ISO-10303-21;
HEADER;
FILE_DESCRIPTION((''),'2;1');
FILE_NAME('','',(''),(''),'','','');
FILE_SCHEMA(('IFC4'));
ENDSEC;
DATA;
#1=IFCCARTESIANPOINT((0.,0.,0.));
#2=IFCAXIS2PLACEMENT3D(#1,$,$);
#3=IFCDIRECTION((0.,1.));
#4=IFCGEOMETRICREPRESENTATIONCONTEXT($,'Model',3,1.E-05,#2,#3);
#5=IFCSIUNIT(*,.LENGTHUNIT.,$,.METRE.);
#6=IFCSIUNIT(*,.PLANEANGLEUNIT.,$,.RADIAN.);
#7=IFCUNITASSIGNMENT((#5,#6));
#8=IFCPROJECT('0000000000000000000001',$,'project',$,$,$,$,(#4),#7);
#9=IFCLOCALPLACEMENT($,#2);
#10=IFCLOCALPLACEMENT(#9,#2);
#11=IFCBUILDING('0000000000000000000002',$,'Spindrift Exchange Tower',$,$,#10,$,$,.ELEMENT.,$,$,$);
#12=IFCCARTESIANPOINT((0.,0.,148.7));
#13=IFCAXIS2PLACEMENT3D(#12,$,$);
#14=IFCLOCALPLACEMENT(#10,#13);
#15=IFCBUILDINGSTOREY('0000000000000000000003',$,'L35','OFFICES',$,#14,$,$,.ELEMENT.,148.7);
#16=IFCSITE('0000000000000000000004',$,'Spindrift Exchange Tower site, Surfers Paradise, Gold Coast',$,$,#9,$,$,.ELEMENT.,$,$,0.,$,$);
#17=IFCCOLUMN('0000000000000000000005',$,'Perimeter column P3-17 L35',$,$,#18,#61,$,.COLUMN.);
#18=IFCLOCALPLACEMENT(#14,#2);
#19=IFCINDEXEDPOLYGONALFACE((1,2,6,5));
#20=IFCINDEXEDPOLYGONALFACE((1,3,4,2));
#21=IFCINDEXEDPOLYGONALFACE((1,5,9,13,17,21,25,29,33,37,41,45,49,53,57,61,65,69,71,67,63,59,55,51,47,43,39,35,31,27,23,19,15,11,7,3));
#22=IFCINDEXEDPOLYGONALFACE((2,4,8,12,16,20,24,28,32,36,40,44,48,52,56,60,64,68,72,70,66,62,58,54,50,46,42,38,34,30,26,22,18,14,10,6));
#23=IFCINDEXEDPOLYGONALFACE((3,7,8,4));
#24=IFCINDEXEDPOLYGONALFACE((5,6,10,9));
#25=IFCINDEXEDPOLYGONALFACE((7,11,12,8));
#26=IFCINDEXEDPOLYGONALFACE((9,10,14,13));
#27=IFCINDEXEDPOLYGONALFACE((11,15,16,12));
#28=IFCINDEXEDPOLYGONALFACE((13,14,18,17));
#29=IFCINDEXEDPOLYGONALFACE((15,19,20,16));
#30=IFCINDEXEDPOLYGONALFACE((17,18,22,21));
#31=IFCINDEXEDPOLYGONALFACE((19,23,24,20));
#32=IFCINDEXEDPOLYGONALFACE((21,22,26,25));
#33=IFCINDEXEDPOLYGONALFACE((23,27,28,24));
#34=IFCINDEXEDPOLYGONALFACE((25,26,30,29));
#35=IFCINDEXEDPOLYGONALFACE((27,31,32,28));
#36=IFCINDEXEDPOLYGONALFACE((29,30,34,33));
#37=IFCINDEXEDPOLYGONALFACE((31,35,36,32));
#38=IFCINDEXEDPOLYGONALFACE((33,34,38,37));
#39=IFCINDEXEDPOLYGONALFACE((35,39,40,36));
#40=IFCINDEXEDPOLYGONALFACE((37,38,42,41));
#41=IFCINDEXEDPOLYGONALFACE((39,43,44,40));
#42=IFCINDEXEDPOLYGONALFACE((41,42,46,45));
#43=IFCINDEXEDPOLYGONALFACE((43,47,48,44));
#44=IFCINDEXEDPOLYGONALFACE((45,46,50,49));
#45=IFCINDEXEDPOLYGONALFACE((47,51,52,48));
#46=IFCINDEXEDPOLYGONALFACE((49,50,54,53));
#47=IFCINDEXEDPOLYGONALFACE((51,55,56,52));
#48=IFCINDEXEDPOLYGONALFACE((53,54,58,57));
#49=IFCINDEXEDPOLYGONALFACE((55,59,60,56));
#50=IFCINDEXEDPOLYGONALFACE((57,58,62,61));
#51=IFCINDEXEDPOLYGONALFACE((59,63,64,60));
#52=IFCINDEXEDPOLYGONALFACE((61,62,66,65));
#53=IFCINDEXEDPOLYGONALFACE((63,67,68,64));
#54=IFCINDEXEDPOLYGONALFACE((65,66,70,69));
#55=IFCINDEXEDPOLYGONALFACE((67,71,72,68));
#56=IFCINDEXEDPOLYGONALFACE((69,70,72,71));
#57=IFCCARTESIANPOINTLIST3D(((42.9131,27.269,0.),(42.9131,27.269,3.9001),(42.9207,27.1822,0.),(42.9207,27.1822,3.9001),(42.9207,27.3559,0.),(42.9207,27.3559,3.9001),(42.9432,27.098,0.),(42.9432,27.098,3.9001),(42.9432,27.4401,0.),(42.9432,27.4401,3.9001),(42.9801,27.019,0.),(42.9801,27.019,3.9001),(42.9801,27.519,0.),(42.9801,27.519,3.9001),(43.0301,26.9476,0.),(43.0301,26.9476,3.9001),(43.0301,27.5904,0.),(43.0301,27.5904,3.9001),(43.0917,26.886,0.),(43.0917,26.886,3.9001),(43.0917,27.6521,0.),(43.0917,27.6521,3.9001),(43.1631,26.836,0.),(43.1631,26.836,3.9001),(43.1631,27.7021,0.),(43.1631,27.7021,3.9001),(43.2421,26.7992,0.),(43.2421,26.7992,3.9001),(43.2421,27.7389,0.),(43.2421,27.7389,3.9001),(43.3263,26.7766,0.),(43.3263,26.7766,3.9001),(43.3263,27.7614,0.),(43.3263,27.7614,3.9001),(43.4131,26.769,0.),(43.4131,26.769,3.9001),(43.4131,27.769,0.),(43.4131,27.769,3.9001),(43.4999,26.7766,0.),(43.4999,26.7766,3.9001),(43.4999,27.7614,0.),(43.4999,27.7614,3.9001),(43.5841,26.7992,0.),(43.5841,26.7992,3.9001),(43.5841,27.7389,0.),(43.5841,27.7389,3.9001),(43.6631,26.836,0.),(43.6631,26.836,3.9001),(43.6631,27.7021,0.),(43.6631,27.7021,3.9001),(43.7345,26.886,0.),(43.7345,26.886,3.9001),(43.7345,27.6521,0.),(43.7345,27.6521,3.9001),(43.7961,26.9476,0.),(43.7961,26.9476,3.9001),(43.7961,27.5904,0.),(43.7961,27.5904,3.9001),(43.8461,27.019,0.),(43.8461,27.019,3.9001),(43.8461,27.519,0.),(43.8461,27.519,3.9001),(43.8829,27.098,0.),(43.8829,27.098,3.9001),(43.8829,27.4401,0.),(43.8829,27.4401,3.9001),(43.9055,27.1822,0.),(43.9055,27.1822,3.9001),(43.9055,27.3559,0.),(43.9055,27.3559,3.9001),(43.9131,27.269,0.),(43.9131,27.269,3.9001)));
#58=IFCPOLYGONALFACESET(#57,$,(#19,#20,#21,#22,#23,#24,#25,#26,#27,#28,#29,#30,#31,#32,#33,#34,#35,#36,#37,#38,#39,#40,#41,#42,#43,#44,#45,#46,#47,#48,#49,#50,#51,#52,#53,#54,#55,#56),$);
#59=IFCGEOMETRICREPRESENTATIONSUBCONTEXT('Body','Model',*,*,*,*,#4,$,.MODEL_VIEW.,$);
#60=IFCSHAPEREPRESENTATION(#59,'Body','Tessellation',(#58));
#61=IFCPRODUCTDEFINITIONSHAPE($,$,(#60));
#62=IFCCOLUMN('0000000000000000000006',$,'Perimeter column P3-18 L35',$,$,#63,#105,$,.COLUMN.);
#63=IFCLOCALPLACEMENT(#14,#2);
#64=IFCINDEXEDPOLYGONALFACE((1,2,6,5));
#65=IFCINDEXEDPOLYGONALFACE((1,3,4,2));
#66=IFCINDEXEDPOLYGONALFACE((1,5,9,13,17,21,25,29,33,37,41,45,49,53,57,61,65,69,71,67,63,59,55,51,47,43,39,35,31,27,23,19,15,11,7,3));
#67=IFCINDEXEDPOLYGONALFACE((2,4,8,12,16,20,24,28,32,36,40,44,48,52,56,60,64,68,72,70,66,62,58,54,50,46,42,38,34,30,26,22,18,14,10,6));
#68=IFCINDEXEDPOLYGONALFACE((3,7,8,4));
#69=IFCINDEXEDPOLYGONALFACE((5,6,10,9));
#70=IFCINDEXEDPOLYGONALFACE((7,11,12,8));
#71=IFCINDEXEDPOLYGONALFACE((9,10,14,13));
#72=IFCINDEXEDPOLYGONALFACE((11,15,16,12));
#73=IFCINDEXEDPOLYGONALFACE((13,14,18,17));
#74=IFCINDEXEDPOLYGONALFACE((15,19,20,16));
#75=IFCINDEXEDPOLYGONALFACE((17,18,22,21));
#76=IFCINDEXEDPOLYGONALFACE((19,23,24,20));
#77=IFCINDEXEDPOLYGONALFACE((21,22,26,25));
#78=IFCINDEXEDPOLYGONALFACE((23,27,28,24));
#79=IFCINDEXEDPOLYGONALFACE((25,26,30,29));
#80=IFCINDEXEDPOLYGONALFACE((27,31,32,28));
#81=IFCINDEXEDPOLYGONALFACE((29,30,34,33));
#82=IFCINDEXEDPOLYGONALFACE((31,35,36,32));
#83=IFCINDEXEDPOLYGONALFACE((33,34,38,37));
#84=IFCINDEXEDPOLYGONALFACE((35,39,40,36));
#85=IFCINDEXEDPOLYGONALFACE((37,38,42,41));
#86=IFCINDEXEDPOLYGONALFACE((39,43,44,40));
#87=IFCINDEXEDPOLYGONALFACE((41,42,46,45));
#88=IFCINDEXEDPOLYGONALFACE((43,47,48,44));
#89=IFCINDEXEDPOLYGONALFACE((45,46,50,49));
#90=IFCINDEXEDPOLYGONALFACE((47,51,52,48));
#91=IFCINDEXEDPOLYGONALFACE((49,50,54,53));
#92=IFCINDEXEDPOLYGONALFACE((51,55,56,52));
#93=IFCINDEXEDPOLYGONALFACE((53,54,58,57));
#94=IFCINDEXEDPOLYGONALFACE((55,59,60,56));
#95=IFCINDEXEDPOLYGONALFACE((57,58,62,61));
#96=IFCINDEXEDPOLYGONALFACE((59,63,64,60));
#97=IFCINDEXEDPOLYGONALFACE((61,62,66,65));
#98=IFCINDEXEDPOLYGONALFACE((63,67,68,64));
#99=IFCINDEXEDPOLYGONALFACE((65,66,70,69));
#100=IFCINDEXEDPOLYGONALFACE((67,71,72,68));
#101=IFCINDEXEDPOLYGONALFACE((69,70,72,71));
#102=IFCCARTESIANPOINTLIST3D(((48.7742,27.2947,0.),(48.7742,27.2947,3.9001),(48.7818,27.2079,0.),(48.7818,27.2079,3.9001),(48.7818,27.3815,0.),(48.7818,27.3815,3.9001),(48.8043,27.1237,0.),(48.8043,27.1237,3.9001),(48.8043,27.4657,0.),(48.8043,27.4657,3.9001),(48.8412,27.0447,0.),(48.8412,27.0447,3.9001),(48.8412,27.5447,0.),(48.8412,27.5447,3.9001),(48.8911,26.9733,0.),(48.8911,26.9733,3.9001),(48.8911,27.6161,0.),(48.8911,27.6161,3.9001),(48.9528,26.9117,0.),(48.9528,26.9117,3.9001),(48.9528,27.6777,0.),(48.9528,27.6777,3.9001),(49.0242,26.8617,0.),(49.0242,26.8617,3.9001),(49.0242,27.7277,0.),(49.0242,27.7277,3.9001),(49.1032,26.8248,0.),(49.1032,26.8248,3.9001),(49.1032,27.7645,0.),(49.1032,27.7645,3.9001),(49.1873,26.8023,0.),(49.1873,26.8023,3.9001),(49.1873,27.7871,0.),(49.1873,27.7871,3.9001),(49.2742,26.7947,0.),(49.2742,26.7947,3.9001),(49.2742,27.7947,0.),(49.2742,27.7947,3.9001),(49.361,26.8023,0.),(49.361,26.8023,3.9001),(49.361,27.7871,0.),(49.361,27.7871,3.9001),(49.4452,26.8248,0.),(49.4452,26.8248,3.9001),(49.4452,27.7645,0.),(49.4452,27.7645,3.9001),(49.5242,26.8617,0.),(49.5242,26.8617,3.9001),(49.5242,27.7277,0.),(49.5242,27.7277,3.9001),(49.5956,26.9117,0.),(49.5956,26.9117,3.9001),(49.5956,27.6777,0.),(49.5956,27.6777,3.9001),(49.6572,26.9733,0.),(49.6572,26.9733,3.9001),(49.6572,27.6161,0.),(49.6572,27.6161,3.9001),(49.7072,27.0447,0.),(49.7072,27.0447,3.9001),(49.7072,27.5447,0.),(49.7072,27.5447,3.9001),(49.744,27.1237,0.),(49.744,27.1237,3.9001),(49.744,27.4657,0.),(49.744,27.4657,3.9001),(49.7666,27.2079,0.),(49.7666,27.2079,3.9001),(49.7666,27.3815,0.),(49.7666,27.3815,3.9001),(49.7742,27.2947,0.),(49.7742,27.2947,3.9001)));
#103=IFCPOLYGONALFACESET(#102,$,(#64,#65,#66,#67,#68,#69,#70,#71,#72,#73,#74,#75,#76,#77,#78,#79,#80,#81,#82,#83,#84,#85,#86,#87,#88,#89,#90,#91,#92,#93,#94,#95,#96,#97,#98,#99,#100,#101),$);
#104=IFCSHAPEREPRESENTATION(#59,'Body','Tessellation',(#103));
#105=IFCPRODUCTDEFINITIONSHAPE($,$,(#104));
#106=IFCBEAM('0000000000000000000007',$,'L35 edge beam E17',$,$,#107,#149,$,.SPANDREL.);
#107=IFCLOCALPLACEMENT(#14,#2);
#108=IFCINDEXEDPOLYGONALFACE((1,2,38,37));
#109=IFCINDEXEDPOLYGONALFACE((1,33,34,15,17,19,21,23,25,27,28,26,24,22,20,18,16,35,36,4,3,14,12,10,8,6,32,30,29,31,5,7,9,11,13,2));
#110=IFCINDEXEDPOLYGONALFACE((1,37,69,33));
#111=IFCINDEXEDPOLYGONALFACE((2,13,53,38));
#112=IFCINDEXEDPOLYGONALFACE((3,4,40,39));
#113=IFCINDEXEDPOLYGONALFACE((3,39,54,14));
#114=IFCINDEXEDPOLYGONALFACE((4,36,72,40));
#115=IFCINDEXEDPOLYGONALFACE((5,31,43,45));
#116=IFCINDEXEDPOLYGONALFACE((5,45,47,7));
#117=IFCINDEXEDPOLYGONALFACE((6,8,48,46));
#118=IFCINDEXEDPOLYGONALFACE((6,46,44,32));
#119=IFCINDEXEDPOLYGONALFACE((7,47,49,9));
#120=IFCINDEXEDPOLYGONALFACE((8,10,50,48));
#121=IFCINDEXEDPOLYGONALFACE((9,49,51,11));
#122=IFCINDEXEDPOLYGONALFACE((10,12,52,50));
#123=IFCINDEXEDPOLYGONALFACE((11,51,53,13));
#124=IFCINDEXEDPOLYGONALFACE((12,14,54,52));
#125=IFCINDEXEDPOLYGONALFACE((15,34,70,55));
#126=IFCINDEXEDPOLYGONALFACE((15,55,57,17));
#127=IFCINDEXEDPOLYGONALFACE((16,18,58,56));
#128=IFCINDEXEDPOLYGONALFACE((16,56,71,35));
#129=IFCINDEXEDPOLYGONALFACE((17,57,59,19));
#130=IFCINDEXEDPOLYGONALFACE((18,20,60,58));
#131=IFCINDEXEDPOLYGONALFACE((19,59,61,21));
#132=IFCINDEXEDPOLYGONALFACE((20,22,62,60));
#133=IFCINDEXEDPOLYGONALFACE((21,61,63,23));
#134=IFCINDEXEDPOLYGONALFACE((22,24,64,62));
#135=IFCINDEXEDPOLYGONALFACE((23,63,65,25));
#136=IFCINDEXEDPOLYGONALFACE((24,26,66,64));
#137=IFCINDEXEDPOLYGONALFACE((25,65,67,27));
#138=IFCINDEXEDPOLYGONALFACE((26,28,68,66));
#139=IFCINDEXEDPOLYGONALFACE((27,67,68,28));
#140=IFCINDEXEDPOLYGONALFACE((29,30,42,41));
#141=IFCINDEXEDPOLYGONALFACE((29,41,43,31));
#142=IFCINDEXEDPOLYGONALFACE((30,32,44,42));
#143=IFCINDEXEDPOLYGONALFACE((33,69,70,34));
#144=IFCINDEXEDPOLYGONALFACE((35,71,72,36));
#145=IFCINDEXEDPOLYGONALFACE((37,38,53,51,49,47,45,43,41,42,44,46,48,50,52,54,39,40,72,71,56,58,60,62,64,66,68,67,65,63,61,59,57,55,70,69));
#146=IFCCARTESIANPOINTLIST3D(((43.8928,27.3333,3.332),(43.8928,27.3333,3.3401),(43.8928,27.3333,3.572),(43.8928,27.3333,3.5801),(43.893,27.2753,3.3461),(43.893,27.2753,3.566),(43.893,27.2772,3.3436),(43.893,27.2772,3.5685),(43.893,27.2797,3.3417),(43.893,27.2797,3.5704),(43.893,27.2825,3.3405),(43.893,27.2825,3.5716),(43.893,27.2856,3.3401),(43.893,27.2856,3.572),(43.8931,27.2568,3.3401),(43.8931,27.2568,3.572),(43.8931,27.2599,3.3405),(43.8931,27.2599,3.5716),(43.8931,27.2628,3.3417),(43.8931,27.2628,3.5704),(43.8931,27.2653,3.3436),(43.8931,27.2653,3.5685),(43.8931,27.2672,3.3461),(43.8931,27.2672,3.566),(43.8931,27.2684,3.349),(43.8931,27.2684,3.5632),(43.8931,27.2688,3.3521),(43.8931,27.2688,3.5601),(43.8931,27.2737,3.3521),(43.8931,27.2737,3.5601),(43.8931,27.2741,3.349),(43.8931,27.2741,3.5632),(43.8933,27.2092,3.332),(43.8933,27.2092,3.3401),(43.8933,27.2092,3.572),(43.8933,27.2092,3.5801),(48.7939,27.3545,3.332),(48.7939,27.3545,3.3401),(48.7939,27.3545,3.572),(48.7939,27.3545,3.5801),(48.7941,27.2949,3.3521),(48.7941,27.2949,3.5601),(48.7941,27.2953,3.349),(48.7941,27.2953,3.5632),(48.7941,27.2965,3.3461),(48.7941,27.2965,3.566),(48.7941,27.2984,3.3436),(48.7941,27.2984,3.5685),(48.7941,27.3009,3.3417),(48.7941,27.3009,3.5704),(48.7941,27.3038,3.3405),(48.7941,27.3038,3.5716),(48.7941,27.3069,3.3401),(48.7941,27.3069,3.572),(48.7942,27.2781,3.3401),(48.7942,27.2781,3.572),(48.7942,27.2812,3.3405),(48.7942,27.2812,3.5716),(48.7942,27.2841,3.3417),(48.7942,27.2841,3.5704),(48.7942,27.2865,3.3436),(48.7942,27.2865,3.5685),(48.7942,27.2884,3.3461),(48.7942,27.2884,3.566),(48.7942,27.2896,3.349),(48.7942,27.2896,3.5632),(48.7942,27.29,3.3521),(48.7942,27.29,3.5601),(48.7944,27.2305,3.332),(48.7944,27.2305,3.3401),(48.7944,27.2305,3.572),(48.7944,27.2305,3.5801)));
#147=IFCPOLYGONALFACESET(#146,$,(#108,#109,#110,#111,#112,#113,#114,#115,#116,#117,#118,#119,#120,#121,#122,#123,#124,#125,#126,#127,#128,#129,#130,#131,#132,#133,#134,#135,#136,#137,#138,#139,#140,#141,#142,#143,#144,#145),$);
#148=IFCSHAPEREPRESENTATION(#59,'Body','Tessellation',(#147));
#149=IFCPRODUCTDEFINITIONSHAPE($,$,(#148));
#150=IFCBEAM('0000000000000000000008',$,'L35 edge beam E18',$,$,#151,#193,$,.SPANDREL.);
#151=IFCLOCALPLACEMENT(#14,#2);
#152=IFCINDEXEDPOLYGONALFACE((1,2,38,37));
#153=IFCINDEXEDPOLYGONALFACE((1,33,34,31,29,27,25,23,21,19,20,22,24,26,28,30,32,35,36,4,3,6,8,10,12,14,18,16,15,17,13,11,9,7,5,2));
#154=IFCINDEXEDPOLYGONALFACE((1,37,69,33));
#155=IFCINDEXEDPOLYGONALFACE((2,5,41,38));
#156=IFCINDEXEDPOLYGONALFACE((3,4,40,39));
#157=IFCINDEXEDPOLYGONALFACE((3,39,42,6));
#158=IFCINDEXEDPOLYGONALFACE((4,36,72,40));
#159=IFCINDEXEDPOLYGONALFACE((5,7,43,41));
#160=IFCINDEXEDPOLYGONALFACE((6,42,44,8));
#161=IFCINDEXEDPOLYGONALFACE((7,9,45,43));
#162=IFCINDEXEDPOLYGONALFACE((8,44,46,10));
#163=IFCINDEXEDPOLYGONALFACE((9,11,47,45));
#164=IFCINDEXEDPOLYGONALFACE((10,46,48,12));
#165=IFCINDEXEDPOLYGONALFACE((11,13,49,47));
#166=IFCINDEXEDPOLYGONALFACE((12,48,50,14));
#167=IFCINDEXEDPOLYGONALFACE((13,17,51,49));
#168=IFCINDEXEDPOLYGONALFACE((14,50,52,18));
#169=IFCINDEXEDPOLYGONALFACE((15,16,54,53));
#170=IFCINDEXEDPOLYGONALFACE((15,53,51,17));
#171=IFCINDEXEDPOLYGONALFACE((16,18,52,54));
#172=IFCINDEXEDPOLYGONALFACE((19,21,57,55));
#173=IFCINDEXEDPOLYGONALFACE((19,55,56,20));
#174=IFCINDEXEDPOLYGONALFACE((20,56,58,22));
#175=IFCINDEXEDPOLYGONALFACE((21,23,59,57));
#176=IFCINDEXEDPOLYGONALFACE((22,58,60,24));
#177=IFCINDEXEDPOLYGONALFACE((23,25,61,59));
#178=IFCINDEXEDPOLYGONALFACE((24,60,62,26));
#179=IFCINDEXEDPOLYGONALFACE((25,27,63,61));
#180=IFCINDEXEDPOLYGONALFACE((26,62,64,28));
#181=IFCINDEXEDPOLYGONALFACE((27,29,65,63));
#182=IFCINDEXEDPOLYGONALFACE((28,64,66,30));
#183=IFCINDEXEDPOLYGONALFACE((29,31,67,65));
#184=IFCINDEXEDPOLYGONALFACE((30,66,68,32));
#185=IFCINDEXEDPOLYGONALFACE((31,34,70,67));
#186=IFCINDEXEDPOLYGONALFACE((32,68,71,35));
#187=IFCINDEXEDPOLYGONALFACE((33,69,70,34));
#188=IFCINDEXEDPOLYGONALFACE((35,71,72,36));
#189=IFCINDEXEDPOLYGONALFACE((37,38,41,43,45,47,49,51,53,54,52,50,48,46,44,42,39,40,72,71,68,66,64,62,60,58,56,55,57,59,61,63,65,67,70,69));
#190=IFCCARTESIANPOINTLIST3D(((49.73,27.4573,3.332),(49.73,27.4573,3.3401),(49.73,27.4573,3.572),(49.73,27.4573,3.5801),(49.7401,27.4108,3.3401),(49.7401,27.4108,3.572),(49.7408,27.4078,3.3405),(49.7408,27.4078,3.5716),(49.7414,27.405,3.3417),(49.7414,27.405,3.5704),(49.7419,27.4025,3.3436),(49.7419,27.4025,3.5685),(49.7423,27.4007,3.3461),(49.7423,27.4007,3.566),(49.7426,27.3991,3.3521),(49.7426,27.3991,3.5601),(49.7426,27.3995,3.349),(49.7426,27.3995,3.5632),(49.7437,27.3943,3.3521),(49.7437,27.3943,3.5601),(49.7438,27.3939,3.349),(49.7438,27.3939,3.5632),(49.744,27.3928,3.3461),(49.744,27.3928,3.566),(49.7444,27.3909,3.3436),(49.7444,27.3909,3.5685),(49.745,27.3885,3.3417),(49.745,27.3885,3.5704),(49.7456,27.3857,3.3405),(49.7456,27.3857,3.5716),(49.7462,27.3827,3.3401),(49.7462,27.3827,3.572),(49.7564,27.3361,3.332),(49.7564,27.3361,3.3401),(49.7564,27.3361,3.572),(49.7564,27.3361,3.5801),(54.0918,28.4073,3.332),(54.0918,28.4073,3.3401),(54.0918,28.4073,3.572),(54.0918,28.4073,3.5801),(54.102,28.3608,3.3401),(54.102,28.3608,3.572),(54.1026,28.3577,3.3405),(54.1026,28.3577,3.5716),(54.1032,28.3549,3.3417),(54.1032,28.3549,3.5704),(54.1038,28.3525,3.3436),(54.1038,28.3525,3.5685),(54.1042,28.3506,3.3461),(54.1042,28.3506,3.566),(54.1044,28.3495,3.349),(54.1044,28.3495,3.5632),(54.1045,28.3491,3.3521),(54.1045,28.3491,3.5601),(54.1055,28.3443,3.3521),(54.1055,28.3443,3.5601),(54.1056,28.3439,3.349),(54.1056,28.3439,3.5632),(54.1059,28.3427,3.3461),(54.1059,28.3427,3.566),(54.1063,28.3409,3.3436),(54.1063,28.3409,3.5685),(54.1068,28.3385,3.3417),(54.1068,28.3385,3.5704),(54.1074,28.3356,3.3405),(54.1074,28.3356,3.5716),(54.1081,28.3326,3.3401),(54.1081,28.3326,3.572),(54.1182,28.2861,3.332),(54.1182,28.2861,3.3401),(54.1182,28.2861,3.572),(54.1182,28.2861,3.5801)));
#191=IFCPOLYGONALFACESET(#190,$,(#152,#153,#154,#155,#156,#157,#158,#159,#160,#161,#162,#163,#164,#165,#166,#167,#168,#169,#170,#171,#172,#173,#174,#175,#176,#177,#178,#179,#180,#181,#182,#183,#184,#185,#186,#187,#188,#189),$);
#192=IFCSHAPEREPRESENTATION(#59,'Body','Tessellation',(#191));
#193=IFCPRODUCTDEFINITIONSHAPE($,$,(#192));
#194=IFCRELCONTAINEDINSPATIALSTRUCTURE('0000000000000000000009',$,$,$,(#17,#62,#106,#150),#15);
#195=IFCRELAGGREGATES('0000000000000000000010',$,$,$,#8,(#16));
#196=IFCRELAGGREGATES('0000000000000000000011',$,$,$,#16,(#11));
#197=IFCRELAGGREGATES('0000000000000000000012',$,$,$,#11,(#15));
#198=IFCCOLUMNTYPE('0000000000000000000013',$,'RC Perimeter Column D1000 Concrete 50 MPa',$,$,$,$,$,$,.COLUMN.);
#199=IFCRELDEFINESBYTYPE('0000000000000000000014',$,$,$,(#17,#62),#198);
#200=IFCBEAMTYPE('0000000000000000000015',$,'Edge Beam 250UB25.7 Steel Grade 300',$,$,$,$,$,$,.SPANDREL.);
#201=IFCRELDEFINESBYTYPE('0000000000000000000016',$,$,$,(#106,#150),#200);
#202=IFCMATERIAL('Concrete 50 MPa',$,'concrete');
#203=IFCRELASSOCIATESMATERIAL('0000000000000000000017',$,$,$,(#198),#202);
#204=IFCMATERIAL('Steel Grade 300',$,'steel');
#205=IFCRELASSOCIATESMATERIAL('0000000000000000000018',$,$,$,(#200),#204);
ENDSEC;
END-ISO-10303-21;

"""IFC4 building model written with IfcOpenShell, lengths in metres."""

from ifc_helpers import new_model, si_unit, direction, frame, origin, origin_2d, place, context, subcontext, project, spatial, circle, i_section, extrude, source, transform, mapped, material, material_profile, profile_set, type_object, element, save


model = new_model("IFC4")

# Units and contexts
model_context = context("Model", 3, precision=1e-05, world=origin(), true_north=direction((0.0, 1.0)))
body_context = subcontext(model_context, "Body", "Model", "MODEL_VIEW")
ifc_project = project(units=[si_unit("LENGTHUNIT", "METRE"), si_unit("PLANEANGLEUNIT", "RADIAN")], contexts=[model_context])

# Site, building, storey
site_placement = place(None, origin())
site = spatial("IfcSite", under=ifc_project, at=site_placement, Name="Spindrift Exchange Tower site, Surfers Paradise, Gold Coast", CompositionType="ELEMENT", RefElevation=0.0)
building_placement = place(site_placement, origin())
building = spatial("IfcBuilding", under=site, at=building_placement, Name="Spindrift Exchange Tower", CompositionType="ELEMENT")
storey_placement = place(building_placement, frame((0.0, 0.0, 148.7)))
storey = spatial("IfcBuildingStorey", under=building, at=storey_placement, Name="L35", Description="OFFICES", CompositionType="ELEMENT", Elevation=148.7)

# Columns
ifc_material_1 = material(Name="Concrete 50 MPa", Category="concrete")
ifc_material_profile_1 = material_profile(ifc_material_1, circle(Radius=0.5, at=origin_2d()), Name="RC D1000")
ifc_profile_set_1 = profile_set([ifc_material_profile_1], Name="Concrete 50 MPa")
column_type = type_object("IfcColumnType", Name="RC Perimeter Column D1000 Concrete 50 MPa", PredefinedType="COLUMN", material=ifc_profile_set_1)
shared_shape_1 = source(origin(), body_context, "Body", "SweptSolid", [
    extrude(circle(Radius=0.5, at=origin_2d()), origin(), (0.0, 0.0, 1.0), 3.9001),
])
for number, where, z_axis, x_axis, name in (
    (1, (43.4131, 27.269, 0.0), (0.0, 0.0, 1.0), (1.0, 0.0, 0.0), "Perimeter column P3-17 L35"),
    (2, (49.2742, 27.2947, 0.0), (0.0, 0.0, 1.0), (1.0, 0.0, 0.0), "Perimeter column P3-18 L35"),
):
    element("IfcColumn", number, at=place(storey_placement, frame(where, z_axis=z_axis, x_axis=x_axis)), inside=storey, type_object=column_type, Name=name, PredefinedType="COLUMN", context=body_context, shape_type="MappedRepresentation", body=[
        mapped(shared_shape_1, transform((0.0, 0.0, 0.0), scale=1.0)),
    ])

# Beams
ifc_material_2 = material(Name="Steel Grade 300", Category="steel")
ifc_material_profile_2 = material_profile(ifc_material_2, i_section(OverallWidth=0.124, OverallDepth=0.248, WebThickness=0.0049, FlangeThickness=0.0081, FilletRadius=0.012, at=origin_2d()), Name="250UB25.7")
ifc_profile_set_2 = profile_set([ifc_material_profile_2], Name="Steel Grade 300")
beam_type_1 = type_object("IfcBeamType", Name="Edge Beam 250UB25.7 Steel Grade 300", PredefinedType="SPANDREL", material=ifc_profile_set_2)
shared_shape_2 = source(origin(), body_context, "Body", "SweptSolid", [
    extrude(i_section(OverallWidth=0.124, OverallDepth=0.248, WebThickness=0.0049, FlangeThickness=0.0081, FilletRadius=0.012, at=origin_2d()), origin(), (0.0, 0.0, 1.0), 4.9011),
])
beam_1_placement = place(storey_placement, frame((43.8931, 27.2712, 3.4561), z_axis=(0.999991, 0.004334, 0.0), x_axis=(-0.004334, 0.999991, 0.0)))
element("IfcBeam", 3, at=beam_1_placement, inside=storey, type_object=beam_type_1, Name="L35 edge beam E17", PredefinedType="SPANDREL", context=body_context, shape_type="MappedRepresentation", body=[
    mapped(shared_shape_2, transform((0.0, 0.0, 0.0), scale=1.0)),
])
shared_shape_3 = source(origin(), body_context, "Body", "SweptSolid", [
    extrude(i_section(OverallWidth=0.124, OverallDepth=0.248, WebThickness=0.0049, FlangeThickness=0.0081, FilletRadius=0.012, at=origin_2d()), origin(), (0.0, 0.0, 1.0), 4.4641),
])
beam_2_placement = place(storey_placement, frame((49.7432, 27.3967, 3.4561), z_axis=(0.977096, 0.2128, 0.0), x_axis=(-0.2128, 0.977096, 0.0)))
element("IfcBeam", 4, at=beam_2_placement, inside=storey, type_object=beam_type_1, Name="L35 edge beam E18", PredefinedType="SPANDREL", context=body_context, shape_type="MappedRepresentation", body=[
    mapped(shared_shape_3, transform((0.0, 0.0, 0.0), scale=1.0)),
])

save(model, "model.ifc")
